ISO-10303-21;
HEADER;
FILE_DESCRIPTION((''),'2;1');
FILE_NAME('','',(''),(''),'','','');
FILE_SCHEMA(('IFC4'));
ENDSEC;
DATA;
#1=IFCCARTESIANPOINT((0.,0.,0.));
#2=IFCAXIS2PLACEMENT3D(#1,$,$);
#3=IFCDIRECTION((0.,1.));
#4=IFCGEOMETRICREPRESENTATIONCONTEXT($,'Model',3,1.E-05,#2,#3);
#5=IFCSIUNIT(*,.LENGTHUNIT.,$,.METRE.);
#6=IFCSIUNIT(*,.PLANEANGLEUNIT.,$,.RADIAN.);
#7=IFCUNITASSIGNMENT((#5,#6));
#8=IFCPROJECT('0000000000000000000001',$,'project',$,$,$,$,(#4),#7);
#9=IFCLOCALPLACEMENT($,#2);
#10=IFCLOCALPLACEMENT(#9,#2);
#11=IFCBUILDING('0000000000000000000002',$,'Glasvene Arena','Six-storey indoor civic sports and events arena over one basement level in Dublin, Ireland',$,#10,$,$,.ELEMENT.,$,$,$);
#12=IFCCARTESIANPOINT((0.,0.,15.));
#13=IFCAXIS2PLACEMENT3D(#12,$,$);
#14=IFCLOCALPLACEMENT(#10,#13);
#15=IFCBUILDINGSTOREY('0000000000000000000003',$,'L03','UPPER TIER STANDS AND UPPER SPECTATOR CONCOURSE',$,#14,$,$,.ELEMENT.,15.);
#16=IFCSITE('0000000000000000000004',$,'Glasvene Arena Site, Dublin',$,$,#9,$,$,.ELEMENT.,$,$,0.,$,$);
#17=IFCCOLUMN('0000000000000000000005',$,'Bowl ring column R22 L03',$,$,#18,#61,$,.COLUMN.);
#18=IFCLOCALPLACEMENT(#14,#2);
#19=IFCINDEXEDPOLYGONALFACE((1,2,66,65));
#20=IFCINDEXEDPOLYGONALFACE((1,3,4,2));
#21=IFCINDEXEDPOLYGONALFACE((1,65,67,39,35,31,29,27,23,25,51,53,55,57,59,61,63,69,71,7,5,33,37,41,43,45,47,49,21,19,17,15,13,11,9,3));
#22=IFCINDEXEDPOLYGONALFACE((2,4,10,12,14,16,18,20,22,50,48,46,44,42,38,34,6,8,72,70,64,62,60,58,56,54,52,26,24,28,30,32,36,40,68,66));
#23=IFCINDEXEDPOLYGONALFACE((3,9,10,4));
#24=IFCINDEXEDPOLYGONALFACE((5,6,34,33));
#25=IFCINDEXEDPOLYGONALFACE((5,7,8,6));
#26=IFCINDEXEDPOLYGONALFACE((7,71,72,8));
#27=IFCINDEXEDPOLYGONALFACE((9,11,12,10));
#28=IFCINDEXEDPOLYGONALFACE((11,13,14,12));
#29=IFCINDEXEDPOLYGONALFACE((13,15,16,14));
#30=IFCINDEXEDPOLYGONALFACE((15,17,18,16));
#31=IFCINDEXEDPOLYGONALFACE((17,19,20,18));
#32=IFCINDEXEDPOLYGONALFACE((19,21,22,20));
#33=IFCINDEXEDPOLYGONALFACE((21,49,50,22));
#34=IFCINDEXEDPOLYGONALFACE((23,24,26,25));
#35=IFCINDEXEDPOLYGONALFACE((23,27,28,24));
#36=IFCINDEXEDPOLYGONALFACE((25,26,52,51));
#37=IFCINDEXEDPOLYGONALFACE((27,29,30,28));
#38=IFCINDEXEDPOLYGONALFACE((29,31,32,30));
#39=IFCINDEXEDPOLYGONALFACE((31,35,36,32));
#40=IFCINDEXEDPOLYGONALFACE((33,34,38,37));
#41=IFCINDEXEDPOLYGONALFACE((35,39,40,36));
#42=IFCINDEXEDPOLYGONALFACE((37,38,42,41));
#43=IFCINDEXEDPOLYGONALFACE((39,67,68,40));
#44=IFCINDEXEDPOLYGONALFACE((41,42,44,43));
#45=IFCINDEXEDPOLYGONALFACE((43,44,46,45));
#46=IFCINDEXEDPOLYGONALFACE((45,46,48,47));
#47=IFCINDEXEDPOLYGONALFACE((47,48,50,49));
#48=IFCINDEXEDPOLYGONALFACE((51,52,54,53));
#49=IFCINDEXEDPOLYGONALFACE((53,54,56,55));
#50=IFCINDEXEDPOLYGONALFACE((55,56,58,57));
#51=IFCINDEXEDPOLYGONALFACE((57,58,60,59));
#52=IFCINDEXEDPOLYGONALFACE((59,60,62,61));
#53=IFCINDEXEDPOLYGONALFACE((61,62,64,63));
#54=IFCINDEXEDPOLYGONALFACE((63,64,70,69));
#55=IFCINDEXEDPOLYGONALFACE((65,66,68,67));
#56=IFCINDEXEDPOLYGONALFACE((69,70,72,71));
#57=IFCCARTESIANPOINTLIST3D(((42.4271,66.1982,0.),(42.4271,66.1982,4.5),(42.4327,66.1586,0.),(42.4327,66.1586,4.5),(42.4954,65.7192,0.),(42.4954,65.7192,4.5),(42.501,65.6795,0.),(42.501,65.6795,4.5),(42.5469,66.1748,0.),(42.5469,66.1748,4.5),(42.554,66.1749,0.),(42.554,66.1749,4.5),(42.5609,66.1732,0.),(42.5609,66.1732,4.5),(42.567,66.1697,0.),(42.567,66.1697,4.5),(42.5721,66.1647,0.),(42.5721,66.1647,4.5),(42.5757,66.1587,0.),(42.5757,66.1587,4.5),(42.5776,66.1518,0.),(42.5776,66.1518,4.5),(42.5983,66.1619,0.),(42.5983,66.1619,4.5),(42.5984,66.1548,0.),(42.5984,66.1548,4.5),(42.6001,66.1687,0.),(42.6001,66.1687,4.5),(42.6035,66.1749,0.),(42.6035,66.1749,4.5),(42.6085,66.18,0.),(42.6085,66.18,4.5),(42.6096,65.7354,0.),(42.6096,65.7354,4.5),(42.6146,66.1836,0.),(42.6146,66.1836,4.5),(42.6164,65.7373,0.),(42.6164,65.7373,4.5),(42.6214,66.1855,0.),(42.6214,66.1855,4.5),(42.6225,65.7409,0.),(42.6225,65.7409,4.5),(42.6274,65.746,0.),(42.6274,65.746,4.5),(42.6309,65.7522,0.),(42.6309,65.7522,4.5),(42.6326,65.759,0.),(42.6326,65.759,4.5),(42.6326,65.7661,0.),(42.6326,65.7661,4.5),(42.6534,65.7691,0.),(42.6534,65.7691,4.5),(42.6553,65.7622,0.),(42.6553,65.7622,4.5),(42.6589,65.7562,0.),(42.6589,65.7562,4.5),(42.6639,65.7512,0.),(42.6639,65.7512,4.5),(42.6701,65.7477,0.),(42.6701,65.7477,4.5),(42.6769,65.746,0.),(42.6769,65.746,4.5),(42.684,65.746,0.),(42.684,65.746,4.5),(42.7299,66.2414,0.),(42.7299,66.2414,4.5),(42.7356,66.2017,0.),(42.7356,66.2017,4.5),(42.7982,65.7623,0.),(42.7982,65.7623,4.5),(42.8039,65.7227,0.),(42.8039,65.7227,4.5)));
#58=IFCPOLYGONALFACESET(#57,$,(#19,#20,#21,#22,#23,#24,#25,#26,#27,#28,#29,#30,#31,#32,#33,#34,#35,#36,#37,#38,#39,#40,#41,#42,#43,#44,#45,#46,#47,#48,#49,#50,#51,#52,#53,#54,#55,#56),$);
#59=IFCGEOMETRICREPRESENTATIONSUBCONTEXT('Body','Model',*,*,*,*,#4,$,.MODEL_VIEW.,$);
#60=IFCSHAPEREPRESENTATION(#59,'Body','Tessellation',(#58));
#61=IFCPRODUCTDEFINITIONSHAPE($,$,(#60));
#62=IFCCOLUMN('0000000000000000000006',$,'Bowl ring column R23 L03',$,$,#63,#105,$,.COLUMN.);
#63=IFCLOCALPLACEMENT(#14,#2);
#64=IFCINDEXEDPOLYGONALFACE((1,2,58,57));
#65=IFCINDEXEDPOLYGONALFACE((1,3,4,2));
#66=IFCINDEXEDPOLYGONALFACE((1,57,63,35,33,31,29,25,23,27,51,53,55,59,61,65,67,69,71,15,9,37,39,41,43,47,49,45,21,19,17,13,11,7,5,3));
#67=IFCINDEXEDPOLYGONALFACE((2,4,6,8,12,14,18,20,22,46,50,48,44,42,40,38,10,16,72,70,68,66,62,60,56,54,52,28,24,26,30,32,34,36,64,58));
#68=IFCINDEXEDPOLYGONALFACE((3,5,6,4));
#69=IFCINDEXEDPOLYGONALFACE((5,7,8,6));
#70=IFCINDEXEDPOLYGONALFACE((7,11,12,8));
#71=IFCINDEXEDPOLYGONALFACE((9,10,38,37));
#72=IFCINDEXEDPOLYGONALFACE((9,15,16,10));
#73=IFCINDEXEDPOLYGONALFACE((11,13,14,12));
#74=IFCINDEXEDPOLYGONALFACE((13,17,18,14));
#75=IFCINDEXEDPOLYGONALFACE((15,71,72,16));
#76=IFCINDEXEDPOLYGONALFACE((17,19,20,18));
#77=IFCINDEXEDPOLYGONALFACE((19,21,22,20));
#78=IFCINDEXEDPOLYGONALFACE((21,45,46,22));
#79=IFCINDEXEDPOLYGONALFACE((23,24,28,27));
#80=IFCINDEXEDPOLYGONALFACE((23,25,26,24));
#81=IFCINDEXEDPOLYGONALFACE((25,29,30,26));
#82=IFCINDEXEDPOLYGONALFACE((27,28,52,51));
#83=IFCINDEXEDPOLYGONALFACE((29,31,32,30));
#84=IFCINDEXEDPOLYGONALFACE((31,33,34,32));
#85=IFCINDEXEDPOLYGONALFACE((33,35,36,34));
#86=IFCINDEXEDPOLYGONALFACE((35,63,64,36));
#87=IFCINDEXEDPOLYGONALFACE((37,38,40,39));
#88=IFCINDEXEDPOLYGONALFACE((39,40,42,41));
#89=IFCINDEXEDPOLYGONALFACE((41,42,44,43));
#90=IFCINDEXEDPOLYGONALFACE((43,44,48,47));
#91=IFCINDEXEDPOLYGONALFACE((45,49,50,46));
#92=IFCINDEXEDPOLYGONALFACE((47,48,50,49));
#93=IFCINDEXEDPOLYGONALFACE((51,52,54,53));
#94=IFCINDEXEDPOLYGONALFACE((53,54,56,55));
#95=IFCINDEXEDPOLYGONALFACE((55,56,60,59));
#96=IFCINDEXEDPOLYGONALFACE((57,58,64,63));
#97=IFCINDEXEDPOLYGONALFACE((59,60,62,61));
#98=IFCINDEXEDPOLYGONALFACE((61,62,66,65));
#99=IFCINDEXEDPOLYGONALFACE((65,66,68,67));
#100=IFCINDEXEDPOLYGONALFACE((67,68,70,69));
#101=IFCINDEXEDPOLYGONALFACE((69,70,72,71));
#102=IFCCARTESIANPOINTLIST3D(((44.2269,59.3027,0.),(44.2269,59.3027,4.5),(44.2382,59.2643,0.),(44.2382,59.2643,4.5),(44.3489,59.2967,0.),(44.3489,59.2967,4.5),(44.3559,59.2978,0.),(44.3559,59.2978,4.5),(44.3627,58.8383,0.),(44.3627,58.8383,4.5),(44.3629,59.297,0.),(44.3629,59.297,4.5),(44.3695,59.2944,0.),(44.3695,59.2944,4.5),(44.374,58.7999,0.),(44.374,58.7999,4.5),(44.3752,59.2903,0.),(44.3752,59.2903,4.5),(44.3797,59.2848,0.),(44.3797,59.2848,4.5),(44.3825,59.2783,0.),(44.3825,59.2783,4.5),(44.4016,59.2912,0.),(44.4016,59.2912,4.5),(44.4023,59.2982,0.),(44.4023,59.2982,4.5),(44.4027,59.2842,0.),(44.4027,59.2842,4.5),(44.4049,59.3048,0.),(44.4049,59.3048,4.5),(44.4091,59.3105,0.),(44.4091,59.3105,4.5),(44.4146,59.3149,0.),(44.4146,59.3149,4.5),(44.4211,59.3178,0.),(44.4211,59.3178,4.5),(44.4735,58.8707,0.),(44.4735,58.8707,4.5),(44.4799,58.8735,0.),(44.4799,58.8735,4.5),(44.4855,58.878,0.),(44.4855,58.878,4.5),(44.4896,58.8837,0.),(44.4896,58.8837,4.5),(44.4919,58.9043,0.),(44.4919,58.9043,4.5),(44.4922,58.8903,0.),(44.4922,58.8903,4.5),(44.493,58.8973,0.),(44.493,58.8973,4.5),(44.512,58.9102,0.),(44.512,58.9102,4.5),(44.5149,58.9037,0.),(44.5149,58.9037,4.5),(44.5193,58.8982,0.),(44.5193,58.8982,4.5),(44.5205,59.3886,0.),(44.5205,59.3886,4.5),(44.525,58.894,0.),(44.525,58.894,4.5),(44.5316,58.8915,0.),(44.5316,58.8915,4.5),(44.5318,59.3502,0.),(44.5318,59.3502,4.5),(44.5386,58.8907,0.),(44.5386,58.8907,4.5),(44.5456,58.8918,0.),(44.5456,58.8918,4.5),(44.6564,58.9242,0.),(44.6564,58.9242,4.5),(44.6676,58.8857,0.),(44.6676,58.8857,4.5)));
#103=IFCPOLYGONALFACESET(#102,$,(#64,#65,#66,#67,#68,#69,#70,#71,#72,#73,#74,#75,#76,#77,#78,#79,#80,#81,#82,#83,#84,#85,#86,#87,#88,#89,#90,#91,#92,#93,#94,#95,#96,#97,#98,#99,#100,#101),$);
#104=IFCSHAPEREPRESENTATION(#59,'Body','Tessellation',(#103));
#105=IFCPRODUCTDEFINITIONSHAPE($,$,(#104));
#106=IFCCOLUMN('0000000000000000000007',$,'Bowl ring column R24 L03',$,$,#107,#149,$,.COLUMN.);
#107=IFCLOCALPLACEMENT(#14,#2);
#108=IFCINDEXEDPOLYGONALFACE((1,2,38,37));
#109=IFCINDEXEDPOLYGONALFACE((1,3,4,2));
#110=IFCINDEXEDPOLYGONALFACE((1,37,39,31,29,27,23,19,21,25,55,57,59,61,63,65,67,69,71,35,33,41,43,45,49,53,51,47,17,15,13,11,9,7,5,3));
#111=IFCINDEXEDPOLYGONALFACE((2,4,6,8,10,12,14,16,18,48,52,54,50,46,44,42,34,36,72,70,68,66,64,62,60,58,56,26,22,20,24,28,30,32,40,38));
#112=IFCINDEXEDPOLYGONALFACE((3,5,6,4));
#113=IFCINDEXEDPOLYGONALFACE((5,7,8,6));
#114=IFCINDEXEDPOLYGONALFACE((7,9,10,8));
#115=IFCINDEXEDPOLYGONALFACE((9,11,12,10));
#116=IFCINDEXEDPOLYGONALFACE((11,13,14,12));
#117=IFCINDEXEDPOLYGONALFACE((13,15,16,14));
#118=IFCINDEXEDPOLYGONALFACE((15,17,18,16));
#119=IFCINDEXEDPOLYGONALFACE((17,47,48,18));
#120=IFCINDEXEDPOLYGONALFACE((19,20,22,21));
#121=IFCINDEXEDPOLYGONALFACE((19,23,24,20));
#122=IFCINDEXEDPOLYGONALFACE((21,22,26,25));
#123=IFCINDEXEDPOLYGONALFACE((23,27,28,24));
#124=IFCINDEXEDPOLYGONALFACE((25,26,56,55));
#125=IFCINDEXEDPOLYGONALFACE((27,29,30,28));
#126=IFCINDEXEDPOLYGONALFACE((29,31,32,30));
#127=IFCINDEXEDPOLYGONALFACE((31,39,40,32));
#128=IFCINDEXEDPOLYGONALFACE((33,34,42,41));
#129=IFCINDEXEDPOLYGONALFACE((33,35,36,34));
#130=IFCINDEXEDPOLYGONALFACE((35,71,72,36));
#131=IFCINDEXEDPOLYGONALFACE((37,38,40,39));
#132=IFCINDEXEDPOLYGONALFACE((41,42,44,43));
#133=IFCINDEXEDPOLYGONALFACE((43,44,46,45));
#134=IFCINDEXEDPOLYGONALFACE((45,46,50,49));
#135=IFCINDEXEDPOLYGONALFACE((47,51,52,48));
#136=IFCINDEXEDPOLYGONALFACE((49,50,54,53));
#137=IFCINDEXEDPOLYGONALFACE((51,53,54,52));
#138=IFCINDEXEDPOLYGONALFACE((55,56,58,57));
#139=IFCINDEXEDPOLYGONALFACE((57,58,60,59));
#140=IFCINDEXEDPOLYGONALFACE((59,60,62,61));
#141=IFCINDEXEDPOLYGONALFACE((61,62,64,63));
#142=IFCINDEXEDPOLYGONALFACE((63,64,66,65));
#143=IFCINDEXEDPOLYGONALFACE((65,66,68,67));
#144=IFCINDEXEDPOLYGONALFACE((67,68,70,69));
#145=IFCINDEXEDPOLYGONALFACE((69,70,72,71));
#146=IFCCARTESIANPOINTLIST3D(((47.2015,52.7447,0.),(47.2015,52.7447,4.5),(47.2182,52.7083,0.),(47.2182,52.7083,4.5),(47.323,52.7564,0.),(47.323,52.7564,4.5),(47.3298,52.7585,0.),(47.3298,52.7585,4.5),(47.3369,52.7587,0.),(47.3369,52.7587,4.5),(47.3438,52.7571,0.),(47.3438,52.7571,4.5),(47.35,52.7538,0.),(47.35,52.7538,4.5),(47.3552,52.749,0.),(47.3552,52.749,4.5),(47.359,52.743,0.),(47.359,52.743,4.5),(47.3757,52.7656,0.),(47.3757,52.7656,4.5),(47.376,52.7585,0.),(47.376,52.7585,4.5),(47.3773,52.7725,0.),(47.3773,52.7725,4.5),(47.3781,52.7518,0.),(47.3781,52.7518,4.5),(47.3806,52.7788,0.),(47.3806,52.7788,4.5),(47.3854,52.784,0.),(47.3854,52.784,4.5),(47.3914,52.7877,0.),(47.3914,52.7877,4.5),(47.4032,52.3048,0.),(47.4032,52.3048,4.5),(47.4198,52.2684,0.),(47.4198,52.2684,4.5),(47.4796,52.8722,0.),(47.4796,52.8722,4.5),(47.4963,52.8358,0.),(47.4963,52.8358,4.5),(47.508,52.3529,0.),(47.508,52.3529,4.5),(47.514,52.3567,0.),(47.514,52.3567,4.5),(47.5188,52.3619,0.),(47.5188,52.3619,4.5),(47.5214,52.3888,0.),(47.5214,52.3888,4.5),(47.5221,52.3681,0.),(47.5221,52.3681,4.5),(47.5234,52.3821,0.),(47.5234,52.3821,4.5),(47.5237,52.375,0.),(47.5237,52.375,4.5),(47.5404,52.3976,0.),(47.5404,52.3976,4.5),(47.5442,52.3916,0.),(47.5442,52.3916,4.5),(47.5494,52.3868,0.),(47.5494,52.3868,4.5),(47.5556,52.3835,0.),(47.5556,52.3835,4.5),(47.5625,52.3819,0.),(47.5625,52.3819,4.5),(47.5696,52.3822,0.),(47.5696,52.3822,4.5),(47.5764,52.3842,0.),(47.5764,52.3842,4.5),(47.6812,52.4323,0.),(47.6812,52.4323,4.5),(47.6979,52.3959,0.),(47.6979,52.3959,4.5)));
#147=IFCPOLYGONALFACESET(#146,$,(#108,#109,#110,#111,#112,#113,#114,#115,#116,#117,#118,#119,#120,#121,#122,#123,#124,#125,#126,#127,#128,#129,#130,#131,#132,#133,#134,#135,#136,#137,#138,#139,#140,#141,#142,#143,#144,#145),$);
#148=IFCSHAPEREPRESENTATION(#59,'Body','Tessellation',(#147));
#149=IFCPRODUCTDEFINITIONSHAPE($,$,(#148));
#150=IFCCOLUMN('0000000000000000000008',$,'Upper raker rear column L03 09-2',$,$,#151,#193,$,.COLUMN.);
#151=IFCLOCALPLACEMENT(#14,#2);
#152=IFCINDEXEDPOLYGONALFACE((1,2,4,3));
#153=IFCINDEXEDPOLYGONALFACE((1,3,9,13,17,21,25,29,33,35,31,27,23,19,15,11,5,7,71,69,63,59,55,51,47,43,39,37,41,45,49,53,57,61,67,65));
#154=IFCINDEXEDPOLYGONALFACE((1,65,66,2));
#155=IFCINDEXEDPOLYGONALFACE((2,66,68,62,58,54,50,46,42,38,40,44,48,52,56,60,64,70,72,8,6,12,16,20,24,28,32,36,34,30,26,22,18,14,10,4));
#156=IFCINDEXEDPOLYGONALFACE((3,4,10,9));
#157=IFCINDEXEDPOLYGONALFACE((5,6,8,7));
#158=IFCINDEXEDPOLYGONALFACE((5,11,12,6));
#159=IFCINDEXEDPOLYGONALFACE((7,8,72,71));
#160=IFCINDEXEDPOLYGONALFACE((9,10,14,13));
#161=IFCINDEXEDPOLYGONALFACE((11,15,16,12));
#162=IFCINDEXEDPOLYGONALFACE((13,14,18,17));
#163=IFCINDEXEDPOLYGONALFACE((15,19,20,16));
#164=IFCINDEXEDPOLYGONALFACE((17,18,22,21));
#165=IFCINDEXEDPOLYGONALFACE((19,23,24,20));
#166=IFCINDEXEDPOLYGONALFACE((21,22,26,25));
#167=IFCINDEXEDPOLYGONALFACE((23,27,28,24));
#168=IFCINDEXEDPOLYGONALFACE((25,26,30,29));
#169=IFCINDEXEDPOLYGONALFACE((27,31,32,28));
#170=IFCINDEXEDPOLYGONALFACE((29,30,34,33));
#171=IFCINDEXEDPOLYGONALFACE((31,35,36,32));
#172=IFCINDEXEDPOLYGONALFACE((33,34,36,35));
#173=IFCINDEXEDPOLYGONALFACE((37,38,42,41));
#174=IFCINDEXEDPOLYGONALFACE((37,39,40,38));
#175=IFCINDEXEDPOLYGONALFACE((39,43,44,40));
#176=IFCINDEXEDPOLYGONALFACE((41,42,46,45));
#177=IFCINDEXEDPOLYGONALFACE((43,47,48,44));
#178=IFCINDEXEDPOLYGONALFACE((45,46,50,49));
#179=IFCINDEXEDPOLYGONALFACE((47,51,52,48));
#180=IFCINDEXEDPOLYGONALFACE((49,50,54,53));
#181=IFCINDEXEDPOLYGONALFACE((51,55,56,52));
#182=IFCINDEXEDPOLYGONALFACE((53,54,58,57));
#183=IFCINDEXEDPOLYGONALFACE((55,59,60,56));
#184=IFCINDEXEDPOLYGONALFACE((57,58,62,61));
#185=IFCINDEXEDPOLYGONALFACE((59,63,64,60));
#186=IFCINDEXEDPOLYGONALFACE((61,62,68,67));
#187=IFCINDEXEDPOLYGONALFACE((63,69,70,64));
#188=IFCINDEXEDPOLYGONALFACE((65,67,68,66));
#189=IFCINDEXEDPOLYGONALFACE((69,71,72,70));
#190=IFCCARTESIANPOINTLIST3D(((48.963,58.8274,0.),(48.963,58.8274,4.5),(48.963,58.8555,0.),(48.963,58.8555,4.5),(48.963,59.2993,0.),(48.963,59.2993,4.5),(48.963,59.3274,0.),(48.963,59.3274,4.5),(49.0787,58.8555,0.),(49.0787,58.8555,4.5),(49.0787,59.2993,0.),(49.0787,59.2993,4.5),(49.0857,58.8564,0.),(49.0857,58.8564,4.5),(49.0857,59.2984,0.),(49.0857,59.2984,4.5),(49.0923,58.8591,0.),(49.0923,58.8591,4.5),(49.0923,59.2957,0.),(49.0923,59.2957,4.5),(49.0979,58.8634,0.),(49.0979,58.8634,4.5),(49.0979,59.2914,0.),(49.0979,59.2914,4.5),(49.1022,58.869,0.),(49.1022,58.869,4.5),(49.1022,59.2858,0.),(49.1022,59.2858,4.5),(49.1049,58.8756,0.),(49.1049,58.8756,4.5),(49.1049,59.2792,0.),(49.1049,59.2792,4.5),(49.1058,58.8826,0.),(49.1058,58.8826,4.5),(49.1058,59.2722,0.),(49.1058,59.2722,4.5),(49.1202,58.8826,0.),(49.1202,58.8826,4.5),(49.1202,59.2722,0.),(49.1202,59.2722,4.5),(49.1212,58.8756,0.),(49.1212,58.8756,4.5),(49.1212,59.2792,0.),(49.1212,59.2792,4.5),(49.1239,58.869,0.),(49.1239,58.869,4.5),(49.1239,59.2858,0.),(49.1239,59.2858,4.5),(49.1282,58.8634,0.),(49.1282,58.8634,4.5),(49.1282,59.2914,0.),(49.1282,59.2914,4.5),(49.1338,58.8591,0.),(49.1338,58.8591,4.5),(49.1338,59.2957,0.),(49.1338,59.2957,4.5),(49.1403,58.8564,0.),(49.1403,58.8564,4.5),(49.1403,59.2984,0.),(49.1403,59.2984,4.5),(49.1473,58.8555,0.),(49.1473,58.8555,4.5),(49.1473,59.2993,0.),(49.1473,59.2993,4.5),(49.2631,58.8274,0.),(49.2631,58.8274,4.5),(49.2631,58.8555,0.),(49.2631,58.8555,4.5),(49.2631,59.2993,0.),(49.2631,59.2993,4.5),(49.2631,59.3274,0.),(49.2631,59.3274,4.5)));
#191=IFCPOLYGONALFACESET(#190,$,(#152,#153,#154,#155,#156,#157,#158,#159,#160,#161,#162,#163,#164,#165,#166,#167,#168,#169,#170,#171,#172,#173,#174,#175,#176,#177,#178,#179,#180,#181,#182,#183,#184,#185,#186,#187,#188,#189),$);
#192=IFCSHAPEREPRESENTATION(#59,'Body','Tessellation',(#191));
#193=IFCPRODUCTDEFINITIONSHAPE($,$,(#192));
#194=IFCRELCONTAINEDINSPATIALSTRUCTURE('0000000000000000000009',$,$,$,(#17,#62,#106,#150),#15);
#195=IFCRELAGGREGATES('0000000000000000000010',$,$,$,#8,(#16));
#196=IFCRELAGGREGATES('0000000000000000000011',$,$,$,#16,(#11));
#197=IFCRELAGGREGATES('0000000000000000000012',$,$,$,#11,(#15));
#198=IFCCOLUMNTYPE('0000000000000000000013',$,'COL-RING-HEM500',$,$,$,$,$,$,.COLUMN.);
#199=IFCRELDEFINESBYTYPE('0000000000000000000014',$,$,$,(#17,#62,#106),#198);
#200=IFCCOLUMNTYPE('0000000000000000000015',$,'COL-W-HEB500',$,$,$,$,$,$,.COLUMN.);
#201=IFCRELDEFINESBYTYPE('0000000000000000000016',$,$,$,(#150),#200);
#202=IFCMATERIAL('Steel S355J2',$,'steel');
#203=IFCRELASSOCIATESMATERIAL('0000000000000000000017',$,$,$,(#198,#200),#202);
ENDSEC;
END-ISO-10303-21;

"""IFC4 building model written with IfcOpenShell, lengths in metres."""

from ifc_helpers import new_model, si_unit, direction, frame, origin, origin_2d, place, context, subcontext, project, spatial, i_section, extrude, material, material_profile, profile_set, type_object, element, save


model = new_model("IFC4")

# Units and contexts
model_context = context("Model", 3, precision=1e-05, world=origin(), true_north=direction((0.0, 1.0)))
body_context = subcontext(model_context, "Body", "Model", "MODEL_VIEW")
ifc_project = project(units=[si_unit("LENGTHUNIT", "METRE"), si_unit("PLANEANGLEUNIT", "RADIAN")], contexts=[model_context])

# Site, building, storey
site_placement = place(None, origin())
site = spatial("IfcSite", under=ifc_project, at=site_placement, Name="Glasvene Arena Site, Dublin", CompositionType="ELEMENT", RefElevation=0.0)
building_placement = place(site_placement, origin())
building = spatial("IfcBuilding", under=site, at=building_placement, Name="Glasvene Arena", Description="Six-storey indoor civic sports and events arena over one basement level in Dublin, Ireland", CompositionType="ELEMENT")
storey_placement = place(building_placement, frame((0.0, 0.0, 15.0)))
storey = spatial("IfcBuildingStorey", under=building, at=storey_placement, Name="L03", Description="UPPER TIER STANDS AND UPPER SPECTATOR CONCOURSE", CompositionType="ELEMENT", Elevation=15.0)

# Columns
ifc_material_1 = material(Name="Steel S355J2", Category="steel")
ifc_material_profile_1 = material_profile(ifc_material_1, i_section(OverallWidth=0.3059, OverallDepth=0.5239, WebThickness=0.021, FlangeThickness=0.04, FilletRadius=0.0271, at=origin_2d()), Name="HEM 500")
ifc_profile_set_1 = profile_set([ifc_material_profile_1], Name="Steel S355J2")
column_type_1 = type_object("IfcColumnType", Name="COL-RING-HEM500", PredefinedType="COLUMN", material=ifc_profile_set_1)
for number, where, z_axis, x_axis, name in (
    (1, (42.6155, 65.9604, 0.0), (0.0, 0.0, 1.0), (-0.989999, -0.141074, 0.0), "Bowl ring column R22 L03"),
    (2, (44.4473, 59.0942, 0.0), (0.0, 0.0, 1.0), (-0.959805, -0.280667, 0.0), "Bowl ring column R23 L03"),
    (3, (47.4497, 52.5703, 0.0), (0.0, 0.0, 1.0), (-0.909018, -0.416757, 0.0), "Bowl ring column R24 L03"),
):
    element("IfcColumn", number, at=place(storey_placement, frame(where, z_axis=z_axis, x_axis=x_axis)), inside=storey, type_object=column_type_1, Name=name, PredefinedType="COLUMN", context=body_context, shape_type="SweptSolid", body=[
        extrude(i_section(OverallWidth=0.3059, OverallDepth=0.5239, WebThickness=0.021, FlangeThickness=0.04, FilletRadius=0.0271, at=origin_2d()), origin(), (0.0, 0.0, 1.0), 4.5),
    ])
ifc_material_profile_2 = material_profile(ifc_material_1, i_section(OverallWidth=0.3, OverallDepth=0.5, WebThickness=0.0144, FlangeThickness=0.0281, FilletRadius=0.0271, at=origin_2d()), Name="HEB 500")
ifc_profile_set_2 = profile_set([ifc_material_profile_2], Name="Steel S355J2")
column_type_2 = type_object("IfcColumnType", Name="COL-W-HEB500", PredefinedType="COLUMN", material=ifc_profile_set_2)
for number, where, z_axis, x_axis, name in (
    (4, (49.113, 59.0774, 0.0), (0.0, 0.0, 1.0), (1.0, 0.0, 0.0), "Upper raker rear column L03 09-2"),
):
    element("IfcColumn", number, at=place(storey_placement, frame(where, z_axis=z_axis, x_axis=x_axis)), inside=storey, type_object=column_type_2, Name=name, PredefinedType="COLUMN", context=body_context, shape_type="SweptSolid", body=[
        extrude(i_section(OverallWidth=0.3, OverallDepth=0.5, WebThickness=0.0144, FlangeThickness=0.0281, FilletRadius=0.0271, at=origin_2d()), origin(), (0.0, 0.0, 1.0), 4.5),
    ])

save(model, "model.ifc")
